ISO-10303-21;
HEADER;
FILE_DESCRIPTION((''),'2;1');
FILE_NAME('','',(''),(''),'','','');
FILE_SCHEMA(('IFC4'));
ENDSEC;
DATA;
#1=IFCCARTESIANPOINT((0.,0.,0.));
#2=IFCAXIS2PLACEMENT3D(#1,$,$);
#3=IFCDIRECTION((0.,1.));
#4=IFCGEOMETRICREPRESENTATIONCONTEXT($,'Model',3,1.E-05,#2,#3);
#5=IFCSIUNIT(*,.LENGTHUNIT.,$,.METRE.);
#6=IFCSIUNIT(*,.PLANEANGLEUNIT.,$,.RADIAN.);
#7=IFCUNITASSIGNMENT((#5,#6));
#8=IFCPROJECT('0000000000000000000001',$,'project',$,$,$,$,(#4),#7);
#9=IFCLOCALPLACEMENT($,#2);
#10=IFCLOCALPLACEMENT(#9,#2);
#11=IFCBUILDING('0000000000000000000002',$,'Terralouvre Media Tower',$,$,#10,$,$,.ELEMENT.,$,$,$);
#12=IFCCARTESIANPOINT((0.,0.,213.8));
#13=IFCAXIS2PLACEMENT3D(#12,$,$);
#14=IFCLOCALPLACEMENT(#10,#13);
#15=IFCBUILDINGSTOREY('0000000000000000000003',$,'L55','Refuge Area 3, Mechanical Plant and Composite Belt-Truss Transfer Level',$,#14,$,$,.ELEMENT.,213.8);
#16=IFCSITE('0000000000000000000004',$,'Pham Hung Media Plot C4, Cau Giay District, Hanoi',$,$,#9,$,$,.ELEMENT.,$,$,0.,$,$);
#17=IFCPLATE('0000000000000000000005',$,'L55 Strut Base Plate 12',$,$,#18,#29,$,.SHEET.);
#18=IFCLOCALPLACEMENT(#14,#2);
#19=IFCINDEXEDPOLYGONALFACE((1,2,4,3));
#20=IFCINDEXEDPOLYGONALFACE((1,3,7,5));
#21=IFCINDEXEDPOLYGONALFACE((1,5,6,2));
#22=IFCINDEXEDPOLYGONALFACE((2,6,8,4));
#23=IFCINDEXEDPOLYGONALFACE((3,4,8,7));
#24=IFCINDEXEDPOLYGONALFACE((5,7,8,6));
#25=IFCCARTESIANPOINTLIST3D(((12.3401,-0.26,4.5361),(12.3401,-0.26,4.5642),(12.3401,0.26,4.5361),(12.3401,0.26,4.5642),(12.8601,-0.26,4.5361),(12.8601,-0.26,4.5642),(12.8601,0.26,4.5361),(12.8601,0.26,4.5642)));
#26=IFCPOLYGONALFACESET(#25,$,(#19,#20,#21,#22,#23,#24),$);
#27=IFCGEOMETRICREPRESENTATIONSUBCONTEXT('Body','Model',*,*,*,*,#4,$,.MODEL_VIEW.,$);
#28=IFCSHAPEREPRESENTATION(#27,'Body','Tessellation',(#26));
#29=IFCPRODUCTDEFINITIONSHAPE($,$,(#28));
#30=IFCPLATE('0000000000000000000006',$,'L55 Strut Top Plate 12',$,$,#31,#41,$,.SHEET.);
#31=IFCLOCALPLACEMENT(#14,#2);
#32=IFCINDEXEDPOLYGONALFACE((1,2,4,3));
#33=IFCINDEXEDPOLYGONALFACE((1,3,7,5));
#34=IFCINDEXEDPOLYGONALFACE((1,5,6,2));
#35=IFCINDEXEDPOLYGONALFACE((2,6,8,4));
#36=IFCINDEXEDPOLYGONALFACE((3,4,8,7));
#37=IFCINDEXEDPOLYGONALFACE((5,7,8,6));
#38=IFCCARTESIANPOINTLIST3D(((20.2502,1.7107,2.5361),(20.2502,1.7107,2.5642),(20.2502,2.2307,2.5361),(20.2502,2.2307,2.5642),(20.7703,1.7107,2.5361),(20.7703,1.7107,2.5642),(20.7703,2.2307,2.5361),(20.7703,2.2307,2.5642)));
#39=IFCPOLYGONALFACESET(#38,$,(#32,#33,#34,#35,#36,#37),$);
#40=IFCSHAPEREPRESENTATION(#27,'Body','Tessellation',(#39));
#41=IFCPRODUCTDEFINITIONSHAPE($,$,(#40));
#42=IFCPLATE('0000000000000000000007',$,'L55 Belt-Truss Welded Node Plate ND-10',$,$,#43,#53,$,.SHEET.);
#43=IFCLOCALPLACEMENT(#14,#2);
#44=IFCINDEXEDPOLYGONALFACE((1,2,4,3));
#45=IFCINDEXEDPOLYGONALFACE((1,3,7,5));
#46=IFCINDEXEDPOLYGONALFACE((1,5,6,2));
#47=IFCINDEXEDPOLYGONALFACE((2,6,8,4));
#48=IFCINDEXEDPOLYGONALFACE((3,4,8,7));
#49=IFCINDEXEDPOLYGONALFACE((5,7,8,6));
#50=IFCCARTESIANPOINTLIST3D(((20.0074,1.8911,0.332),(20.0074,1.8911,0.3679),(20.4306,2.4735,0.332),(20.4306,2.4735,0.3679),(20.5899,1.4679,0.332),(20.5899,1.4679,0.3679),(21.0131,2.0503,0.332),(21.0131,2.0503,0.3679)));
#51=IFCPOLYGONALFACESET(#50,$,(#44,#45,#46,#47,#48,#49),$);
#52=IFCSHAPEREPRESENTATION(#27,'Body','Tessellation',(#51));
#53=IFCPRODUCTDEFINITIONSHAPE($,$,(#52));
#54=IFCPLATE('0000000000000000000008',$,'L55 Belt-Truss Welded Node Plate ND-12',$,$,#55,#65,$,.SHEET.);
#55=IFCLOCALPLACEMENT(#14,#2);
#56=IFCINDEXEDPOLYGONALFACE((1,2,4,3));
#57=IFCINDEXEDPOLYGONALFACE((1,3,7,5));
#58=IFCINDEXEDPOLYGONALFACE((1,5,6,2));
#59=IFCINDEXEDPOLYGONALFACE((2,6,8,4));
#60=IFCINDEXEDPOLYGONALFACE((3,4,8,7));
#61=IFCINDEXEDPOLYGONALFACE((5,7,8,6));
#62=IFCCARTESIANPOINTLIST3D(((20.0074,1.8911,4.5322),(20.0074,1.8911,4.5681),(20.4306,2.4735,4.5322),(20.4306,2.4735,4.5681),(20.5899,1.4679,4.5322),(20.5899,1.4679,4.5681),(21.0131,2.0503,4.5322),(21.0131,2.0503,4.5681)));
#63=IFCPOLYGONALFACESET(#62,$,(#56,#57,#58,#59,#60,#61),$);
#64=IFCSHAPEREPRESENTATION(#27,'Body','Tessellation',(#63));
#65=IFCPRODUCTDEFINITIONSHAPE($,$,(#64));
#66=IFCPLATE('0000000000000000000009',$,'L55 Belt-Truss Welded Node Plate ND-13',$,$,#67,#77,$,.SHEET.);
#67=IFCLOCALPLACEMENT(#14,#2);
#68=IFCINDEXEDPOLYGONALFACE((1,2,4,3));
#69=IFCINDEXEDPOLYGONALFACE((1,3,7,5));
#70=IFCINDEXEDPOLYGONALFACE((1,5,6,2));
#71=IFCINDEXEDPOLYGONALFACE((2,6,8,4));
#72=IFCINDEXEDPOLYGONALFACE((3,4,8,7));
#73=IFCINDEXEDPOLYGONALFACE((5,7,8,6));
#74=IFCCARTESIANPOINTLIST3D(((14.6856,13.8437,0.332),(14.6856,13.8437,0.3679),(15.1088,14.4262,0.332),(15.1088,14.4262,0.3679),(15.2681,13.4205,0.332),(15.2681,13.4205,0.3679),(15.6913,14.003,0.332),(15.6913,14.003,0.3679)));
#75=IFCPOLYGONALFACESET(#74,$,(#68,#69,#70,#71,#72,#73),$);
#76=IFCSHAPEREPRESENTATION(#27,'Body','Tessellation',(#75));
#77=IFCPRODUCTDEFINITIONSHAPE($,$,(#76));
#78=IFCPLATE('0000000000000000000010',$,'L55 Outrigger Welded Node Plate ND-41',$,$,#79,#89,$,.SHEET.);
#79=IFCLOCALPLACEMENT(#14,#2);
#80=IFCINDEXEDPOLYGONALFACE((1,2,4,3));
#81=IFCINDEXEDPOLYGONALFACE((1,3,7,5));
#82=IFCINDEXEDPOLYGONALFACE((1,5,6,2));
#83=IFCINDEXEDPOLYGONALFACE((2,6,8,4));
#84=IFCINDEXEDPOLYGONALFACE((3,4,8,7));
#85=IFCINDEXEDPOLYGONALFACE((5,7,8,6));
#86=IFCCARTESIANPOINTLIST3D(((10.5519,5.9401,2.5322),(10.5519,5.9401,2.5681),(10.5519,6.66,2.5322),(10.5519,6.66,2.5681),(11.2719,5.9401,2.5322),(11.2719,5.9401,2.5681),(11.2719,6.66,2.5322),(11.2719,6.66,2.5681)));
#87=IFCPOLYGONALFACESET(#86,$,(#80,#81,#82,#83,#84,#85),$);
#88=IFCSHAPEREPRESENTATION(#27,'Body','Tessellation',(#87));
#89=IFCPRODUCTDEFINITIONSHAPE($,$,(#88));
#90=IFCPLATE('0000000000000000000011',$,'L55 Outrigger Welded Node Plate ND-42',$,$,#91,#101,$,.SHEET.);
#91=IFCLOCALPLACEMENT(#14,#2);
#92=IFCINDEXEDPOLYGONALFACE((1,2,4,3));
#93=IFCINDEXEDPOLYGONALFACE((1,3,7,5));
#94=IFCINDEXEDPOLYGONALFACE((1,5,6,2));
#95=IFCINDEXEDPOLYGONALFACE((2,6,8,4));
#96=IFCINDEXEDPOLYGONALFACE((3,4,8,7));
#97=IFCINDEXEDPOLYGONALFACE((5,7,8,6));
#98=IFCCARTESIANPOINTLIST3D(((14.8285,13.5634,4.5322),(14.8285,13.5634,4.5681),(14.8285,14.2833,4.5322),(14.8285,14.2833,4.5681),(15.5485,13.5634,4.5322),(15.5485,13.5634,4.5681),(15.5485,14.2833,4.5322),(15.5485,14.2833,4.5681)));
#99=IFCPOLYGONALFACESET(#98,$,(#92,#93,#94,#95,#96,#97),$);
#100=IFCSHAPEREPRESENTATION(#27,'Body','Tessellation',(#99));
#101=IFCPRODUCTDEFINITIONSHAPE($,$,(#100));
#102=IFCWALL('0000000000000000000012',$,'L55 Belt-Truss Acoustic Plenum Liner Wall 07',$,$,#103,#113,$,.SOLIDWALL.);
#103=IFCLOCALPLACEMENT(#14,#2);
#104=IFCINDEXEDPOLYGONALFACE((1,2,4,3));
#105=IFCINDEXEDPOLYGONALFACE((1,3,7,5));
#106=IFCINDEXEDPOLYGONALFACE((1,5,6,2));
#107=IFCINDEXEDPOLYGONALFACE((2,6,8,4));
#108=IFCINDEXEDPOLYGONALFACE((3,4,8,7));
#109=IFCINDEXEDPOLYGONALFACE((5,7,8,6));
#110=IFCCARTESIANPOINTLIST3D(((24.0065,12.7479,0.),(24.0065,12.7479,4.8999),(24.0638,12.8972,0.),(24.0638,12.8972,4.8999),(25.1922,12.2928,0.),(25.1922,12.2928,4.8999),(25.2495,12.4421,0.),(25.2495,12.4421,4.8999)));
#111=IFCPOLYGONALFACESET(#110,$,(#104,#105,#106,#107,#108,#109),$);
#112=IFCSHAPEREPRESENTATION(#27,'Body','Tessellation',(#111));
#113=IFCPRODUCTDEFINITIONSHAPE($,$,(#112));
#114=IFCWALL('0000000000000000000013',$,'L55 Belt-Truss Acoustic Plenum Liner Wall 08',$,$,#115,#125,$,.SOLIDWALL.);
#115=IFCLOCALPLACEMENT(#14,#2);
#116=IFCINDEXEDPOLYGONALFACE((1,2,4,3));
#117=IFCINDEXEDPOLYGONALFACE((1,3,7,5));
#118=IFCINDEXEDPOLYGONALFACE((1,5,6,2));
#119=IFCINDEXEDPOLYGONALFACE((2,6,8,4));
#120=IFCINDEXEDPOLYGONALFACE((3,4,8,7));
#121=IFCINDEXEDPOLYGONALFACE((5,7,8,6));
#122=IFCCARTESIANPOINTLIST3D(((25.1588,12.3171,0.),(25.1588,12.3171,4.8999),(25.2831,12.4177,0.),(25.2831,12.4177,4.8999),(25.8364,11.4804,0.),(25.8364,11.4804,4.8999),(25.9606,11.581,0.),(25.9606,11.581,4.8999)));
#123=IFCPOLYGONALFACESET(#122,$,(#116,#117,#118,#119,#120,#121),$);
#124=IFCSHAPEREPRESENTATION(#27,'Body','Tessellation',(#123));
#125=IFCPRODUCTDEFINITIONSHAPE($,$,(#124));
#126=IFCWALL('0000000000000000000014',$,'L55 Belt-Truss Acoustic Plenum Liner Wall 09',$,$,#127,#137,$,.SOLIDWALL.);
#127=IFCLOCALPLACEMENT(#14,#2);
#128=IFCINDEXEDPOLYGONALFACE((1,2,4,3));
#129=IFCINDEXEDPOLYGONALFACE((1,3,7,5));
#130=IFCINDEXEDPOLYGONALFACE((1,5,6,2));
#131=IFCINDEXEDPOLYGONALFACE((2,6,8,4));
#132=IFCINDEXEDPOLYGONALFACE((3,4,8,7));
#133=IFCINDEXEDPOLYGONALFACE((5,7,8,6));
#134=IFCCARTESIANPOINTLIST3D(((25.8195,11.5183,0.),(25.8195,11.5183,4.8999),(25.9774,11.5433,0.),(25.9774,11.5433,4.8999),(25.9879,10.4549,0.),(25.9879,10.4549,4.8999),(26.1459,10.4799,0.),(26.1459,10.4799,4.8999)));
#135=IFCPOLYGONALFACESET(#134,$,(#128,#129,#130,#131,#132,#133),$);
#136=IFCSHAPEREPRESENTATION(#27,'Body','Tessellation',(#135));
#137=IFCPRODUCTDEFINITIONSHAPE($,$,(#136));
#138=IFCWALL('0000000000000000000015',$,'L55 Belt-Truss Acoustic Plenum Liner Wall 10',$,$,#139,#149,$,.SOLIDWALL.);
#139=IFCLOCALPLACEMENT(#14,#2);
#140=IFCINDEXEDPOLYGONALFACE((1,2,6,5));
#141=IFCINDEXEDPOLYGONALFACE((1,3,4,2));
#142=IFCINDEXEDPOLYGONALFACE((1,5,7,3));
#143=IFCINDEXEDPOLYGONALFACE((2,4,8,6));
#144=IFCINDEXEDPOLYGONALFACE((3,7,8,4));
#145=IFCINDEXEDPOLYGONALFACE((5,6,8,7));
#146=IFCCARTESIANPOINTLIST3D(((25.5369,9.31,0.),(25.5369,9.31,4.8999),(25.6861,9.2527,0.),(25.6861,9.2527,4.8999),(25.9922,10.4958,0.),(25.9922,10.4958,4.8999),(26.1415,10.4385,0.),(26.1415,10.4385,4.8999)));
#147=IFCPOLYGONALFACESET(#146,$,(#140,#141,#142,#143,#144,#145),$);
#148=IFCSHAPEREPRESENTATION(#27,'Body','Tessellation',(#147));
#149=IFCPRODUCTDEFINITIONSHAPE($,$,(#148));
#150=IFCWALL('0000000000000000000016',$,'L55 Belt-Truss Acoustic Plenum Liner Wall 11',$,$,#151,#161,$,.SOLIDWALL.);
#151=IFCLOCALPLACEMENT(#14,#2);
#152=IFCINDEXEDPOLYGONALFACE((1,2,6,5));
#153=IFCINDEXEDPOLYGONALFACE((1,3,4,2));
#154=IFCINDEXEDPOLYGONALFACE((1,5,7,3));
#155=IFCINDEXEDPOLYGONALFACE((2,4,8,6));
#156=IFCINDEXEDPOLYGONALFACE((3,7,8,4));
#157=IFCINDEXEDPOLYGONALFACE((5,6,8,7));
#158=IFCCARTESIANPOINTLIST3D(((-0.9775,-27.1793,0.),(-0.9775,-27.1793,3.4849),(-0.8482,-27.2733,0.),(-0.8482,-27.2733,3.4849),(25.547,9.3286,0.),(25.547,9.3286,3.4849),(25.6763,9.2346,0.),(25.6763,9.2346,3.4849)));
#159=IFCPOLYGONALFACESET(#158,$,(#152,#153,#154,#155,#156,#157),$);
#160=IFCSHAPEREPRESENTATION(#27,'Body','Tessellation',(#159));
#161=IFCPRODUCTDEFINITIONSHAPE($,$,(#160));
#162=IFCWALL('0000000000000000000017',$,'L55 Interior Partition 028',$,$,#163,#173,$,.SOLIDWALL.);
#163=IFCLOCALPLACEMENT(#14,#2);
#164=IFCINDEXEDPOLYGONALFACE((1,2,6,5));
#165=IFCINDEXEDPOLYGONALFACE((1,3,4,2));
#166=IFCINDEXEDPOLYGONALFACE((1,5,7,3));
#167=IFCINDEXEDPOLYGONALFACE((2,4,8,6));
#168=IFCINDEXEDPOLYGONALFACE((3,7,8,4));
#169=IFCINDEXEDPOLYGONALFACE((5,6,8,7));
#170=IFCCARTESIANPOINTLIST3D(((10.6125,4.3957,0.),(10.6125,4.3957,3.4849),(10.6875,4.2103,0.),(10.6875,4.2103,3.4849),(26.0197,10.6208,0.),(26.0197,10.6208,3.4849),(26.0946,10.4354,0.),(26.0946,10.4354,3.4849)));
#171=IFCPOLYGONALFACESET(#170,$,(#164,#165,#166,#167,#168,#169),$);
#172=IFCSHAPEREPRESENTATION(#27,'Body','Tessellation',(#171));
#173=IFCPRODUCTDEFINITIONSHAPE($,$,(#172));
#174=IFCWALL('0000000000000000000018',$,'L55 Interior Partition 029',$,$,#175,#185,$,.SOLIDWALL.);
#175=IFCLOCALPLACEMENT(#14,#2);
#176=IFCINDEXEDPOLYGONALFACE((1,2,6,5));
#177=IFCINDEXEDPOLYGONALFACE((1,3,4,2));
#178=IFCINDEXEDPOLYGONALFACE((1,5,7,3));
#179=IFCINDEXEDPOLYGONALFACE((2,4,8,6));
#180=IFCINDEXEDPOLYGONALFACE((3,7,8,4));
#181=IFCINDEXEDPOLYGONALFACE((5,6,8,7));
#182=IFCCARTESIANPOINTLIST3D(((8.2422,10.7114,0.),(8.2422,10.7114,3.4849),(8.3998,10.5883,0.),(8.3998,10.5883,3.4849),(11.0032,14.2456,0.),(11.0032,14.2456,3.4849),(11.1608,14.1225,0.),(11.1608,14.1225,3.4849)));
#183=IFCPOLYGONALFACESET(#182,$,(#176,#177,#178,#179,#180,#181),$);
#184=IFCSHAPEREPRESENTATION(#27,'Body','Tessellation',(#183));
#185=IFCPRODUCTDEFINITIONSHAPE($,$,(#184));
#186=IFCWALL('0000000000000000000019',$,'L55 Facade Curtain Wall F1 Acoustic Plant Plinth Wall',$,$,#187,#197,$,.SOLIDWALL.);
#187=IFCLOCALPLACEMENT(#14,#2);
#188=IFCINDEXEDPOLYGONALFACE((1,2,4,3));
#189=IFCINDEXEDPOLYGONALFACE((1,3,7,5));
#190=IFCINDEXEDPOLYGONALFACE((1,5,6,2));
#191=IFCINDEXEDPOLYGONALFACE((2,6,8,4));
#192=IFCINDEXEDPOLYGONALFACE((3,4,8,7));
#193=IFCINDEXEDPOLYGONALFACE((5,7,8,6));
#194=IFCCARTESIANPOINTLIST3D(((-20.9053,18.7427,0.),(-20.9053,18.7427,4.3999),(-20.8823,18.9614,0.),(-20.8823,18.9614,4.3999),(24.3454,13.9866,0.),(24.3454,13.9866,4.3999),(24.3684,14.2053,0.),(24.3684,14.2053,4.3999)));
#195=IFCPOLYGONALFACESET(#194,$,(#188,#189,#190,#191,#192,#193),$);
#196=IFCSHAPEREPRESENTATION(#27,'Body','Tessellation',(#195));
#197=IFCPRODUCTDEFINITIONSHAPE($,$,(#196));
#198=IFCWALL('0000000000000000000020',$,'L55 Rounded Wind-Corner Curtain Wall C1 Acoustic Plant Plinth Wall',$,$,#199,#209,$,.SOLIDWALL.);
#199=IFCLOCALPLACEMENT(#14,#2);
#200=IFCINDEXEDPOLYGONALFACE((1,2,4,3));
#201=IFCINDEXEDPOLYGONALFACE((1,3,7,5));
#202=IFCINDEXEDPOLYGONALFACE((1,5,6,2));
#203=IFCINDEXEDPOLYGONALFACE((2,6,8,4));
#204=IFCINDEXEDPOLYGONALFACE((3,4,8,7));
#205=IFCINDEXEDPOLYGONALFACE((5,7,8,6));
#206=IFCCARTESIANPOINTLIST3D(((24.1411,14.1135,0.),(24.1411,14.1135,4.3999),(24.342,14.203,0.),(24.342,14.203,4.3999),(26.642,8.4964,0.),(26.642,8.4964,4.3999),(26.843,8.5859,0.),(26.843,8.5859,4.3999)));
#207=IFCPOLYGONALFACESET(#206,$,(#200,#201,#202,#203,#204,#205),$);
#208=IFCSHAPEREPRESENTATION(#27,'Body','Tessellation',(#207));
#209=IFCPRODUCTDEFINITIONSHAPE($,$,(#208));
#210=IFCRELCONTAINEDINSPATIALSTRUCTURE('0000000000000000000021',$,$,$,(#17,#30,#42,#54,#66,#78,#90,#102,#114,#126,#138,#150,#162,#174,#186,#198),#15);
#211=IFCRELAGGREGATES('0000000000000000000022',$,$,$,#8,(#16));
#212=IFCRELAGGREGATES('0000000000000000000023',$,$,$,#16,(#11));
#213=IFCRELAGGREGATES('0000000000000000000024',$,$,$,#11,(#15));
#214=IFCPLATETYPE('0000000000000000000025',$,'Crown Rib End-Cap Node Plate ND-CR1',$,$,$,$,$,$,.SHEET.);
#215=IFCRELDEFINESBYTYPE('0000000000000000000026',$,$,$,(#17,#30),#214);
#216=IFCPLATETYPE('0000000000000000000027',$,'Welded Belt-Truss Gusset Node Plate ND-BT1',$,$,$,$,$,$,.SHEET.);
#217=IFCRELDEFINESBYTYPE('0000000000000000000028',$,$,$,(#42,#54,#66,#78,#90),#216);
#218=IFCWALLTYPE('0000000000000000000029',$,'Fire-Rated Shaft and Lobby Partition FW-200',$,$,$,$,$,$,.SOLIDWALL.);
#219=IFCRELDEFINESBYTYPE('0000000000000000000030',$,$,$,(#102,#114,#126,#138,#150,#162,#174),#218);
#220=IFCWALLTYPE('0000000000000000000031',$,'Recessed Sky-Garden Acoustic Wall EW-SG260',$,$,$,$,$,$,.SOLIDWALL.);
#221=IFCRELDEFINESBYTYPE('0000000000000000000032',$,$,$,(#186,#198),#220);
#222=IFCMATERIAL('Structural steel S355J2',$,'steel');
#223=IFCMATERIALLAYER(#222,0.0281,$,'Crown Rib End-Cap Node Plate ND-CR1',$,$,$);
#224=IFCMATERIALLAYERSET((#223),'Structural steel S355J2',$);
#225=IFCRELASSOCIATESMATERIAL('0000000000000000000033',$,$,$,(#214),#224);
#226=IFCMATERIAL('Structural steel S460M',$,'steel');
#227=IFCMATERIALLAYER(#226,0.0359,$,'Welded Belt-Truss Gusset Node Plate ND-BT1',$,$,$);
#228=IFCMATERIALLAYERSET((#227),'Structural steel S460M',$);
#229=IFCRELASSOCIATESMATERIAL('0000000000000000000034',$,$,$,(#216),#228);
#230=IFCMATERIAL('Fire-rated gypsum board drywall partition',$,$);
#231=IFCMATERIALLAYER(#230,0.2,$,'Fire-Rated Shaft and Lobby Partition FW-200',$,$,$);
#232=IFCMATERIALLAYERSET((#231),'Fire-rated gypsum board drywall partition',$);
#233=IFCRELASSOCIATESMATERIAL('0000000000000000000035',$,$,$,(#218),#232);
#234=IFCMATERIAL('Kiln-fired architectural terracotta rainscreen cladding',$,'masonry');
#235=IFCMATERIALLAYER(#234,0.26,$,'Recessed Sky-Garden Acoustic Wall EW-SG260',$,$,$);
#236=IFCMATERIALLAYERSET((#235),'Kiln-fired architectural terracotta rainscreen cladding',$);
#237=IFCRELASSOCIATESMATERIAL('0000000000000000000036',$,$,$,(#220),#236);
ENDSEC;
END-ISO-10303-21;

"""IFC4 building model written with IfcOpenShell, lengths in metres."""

from ifc_helpers import new_model, si_unit, direction, frame, frame_2d, origin, origin_2d, place, context, subcontext, project, spatial, rectangle, extrude, material, layer, layer_set, type_object, element, save


model = new_model("IFC4")

# Units and contexts
model_context = context("Model", 3, precision=1e-05, world=origin(), true_north=direction((0.0, 1.0)))
body_context = subcontext(model_context, "Body", "Model", "MODEL_VIEW")
ifc_project = project(units=[si_unit("LENGTHUNIT", "METRE"), si_unit("PLANEANGLEUNIT", "RADIAN")], contexts=[model_context])

# Site, building, storey
site_placement = place(None, origin())
site = spatial("IfcSite", under=ifc_project, at=site_placement, Name="Pham Hung Media Plot C4, Cau Giay District, Hanoi", CompositionType="ELEMENT", RefElevation=0.0)
building_placement = place(site_placement, origin())
building = spatial("IfcBuilding", under=site, at=building_placement, Name="Terralouvre Media Tower", CompositionType="ELEMENT")
storey_placement = place(building_placement, frame((0.0, 0.0, 213.8)))
storey = spatial("IfcBuildingStorey", under=building, at=storey_placement, Name="L55", Description="Refuge Area 3, Mechanical Plant and Composite Belt-Truss Transfer Level", CompositionType="ELEMENT", Elevation=213.8)

# Plates
ifc_material_1 = material(Name="Structural steel S355J2", Category="steel")
ifc_layer_1 = layer(ifc_material_1, 0.0281, Name="Crown Rib End-Cap Node Plate ND-CR1")
ifc_layer_set_1 = layer_set([ifc_layer_1], Name="Structural steel S355J2")
plate_type_1 = type_object("IfcPlateType", Name="Crown Rib End-Cap Node Plate ND-CR1", PredefinedType="SHEET", material=ifc_layer_set_1)
for number, where, z_axis, x_axis, name in (
    (1, (12.6001, 0.0, 4.5361), (0.0, 0.0, 1.0), (1.0, 0.0, 0.0), "L55 Strut Base Plate 12"),
    (2, (20.5103, 1.9707, 2.5361), (0.0, 0.0, 1.0), (1.0, 0.0, 0.0), "L55 Strut Top Plate 12"),
):
    element("IfcPlate", number, at=place(storey_placement, frame(where, z_axis=z_axis, x_axis=x_axis)), inside=storey, type_object=plate_type_1, Name=name, PredefinedType="SHEET", context=body_context, shape_type="SweptSolid", body=[
        extrude(rectangle(XDim=0.52, YDim=0.52, at=origin_2d()), origin(), (0.0, 0.0, 1.0), 0.0281),
    ])
ifc_material_2 = material(Name="Structural steel S460M", Category="steel")
ifc_layer_2 = layer(ifc_material_2, 0.0359, Name="Welded Belt-Truss Gusset Node Plate ND-BT1")
ifc_layer_set_2 = layer_set([ifc_layer_2], Name="Structural steel S460M")
plate_type_2 = type_object("IfcPlateType", Name="Welded Belt-Truss Gusset Node Plate ND-BT1", PredefinedType="SHEET", material=ifc_layer_set_2)
for number, where, z_axis, x_axis, name in (
    (3, (20.5103, 1.9707, 0.332), (0.0, 0.0, 1.0), (0.587785, 0.809017, 0.0), "L55 Belt-Truss Welded Node Plate ND-10"),
    (4, (20.5103, 1.9707, 4.5322), (0.0, 0.0, 1.0), (0.587785, 0.809017, 0.0), "L55 Belt-Truss Welded Node Plate ND-12"),
    (5, (15.1885, 13.9233, 0.332), (0.0, 0.0, 1.0), (0.587785, 0.809017, 0.0), "L55 Belt-Truss Welded Node Plate ND-13"),
    (6, (10.9119, 6.3, 2.5322), (0.0, 0.0, 1.0), (1.0, 0.0, 0.0), "L55 Outrigger Welded Node Plate ND-41"),
    (7, (15.1885, 13.9233, 4.5322), (0.0, 0.0, 1.0), (1.0, 0.0, 0.0), "L55 Outrigger Welded Node Plate ND-42"),
):
    element("IfcPlate", number, at=place(storey_placement, frame(where, z_axis=z_axis, x_axis=x_axis)), inside=storey, type_object=plate_type_2, Name=name, PredefinedType="SHEET", context=body_context, shape_type="SweptSolid", body=[
        extrude(rectangle(XDim=0.72, YDim=0.72, at=origin_2d()), origin(), (0.0, 0.0, 1.0), 0.0359),
    ])

# Walls
ifc_material_3 = material(Name="Fire-rated gypsum board drywall partition")
ifc_layer_3 = layer(ifc_material_3, 0.2, Name="Fire-Rated Shaft and Lobby Partition FW-200")
ifc_layer_set_3 = layer_set([ifc_layer_3], Name="Fire-rated gypsum board drywall partition")
wall_type_1 = type_object("IfcWallType", Name="Fire-Rated Shaft and Lobby Partition FW-200", PredefinedType="SOLIDWALL", material=ifc_layer_set_3)
wall_1_placement = place(storey_placement, frame((24.0352, 12.8225, 0.0), z_axis=(0.0, 0.0, 1.0), x_axis=(0.933608, -0.358296, 0.0)))
element("IfcWall", 8, at=wall_1_placement, inside=storey, type_object=wall_type_1, Name="L55 Belt-Truss Acoustic Plenum Liner Wall 07", PredefinedType="SOLIDWALL", context=body_context, shape_type="SweptSolid", body=[
    extrude(rectangle(XDim=1.27, YDim=0.1599, at=frame_2d((0.635, 0.0))), origin(), (0.0, 0.0, 1.0), 4.8999),
])
for number, where, z_axis, x_axis, name in (
    (9, (25.2209, 12.3674, 0.0), (0.0, 0.0, 1.0), (0.629303, -0.77716, 0.0), "L55 Belt-Truss Acoustic Plenum Liner Wall 08"),
    (10, (25.8984, 11.5308, 0.0), (0.0, 0.0, 1.0), (0.156452, -0.987686, 0.0), "L55 Belt-Truss Acoustic Plenum Liner Wall 09"),
):
    element("IfcWall", number, at=place(storey_placement, frame(where, z_axis=z_axis, x_axis=x_axis)), inside=storey, type_object=wall_type_1, Name=name, PredefinedType="SOLIDWALL", context=body_context, shape_type="SweptSolid", body=[
        extrude(rectangle(XDim=1.0767, YDim=0.1599, at=frame_2d((0.5383, 0.0))), origin(), (0.0, 0.0, 1.0), 4.8999),
    ])
wall_2_placement = place(storey_placement, frame((26.0669, 10.4673, 0.0), z_axis=(0.0, 0.0, 1.0), x_axis=(-0.358464, -0.933544, 0.0)))
element("IfcWall", 11, at=wall_2_placement, inside=storey, type_object=wall_type_1, Name="L55 Belt-Truss Acoustic Plenum Liner Wall 10", PredefinedType="SOLIDWALL", context=body_context, shape_type="SweptSolid", body=[
    extrude(rectangle(XDim=1.2703, YDim=0.1599, at=frame_2d((0.6353, 0.0))), origin(), (0.0, 0.0, 1.0), 4.8999),
])
wall_3_placement = place(storey_placement, frame((25.6116, 9.2815, 0.0), z_axis=(0.0, 0.0, 1.0), x_axis=(-0.587784, -0.809018, 0.0)))
element("IfcWall", 12, at=wall_3_placement, inside=storey, type_object=wall_type_1, Name="L55 Belt-Truss Acoustic Plenum Liner Wall 11", PredefinedType="SOLIDWALL", context=body_context, shape_type="SweptSolid", body=[
    extrude(rectangle(XDim=45.1262, YDim=0.1599, at=frame_2d((22.563, 0.0))), origin(), (0.0, 0.0, 1.0), 3.4849),
])
wall_4_placement = place(storey_placement, frame((26.0571, 10.5281, 0.0), z_axis=(0.0, 0.0, 1.0), x_axis=(-0.92718, -0.374616, 0.0)))
element("IfcWall", 13, at=wall_4_placement, inside=storey, type_object=wall_type_1, Name="L55 Interior Partition 028", PredefinedType="SOLIDWALL", context=body_context, shape_type="SweptSolid", body=[
    extrude(rectangle(XDim=16.6172, YDim=0.2, at=frame_2d((8.3086, 0.0))), origin(), (0.0, 0.0, 1.0), 3.4849),
])
wall_5_placement = place(storey_placement, frame((11.082, 14.1841, 0.0), z_axis=(0.0, 0.0, 1.0), x_axis=(-0.615631, -0.788034, 0.0)))
element("IfcWall", 14, at=wall_5_placement, inside=storey, type_object=wall_type_1, Name="L55 Interior Partition 029", PredefinedType="SOLIDWALL", context=body_context, shape_type="SweptSolid", body=[
    extrude(rectangle(XDim=4.4849, YDim=0.2, at=frame_2d((2.2424, 0.0))), origin(), (0.0, 0.0, 1.0), 3.4849),
])
ifc_material_4 = material(Name="Kiln-fired architectural terracotta rainscreen cladding", Category="masonry")
ifc_layer_4 = layer(ifc_material_4, 0.26, Name="Recessed Sky-Garden Acoustic Wall EW-SG260")
ifc_layer_set_4 = layer_set([ifc_layer_4], Name="Kiln-fired architectural terracotta rainscreen cladding")
wall_type_2 = type_object("IfcWallType", Name="Recessed Sky-Garden Acoustic Wall EW-SG260", PredefinedType="SOLIDWALL", material=ifc_layer_set_4)
wall_6_placement = place(storey_placement, frame((24.3569, 14.0959, 0.0), z_axis=(0.0, 0.0, 1.0), x_axis=(-0.994522, 0.10453, 0.0)))
element("IfcWall", 15, at=wall_6_placement, inside=storey, type_object=wall_type_2, Name="L55 Facade Curtain Wall F1 Acoustic Plant Plinth Wall", PredefinedType="SOLIDWALL", context=body_context, shape_type="SweptSolid", body=[
    extrude(rectangle(XDim=45.5, YDim=0.22, at=frame_2d((22.75, 0.0))), origin(), (0.0, 0.0, 1.0), 4.3999),
])
wall_7_placement = place(storey_placement, frame((26.7424, 8.5413, 0.0), z_axis=(0.0, 0.0, 1.0), x_axis=(-0.406743, 0.913543, 0.0)))
element("IfcWall", 16, at=wall_7_placement, inside=storey, type_object=wall_type_2, Name="L55 Rounded Wind-Corner Curtain Wall C1 Acoustic Plant Plinth Wall", PredefinedType="SOLIDWALL", context=body_context, shape_type="SweptSolid", body=[
    extrude(rectangle(XDim=6.1487, YDim=0.22, at=frame_2d((3.0742, 0.0))), origin(), (0.0, 0.0, 1.0), 4.3999),
])

save(model, "model.ifc")
